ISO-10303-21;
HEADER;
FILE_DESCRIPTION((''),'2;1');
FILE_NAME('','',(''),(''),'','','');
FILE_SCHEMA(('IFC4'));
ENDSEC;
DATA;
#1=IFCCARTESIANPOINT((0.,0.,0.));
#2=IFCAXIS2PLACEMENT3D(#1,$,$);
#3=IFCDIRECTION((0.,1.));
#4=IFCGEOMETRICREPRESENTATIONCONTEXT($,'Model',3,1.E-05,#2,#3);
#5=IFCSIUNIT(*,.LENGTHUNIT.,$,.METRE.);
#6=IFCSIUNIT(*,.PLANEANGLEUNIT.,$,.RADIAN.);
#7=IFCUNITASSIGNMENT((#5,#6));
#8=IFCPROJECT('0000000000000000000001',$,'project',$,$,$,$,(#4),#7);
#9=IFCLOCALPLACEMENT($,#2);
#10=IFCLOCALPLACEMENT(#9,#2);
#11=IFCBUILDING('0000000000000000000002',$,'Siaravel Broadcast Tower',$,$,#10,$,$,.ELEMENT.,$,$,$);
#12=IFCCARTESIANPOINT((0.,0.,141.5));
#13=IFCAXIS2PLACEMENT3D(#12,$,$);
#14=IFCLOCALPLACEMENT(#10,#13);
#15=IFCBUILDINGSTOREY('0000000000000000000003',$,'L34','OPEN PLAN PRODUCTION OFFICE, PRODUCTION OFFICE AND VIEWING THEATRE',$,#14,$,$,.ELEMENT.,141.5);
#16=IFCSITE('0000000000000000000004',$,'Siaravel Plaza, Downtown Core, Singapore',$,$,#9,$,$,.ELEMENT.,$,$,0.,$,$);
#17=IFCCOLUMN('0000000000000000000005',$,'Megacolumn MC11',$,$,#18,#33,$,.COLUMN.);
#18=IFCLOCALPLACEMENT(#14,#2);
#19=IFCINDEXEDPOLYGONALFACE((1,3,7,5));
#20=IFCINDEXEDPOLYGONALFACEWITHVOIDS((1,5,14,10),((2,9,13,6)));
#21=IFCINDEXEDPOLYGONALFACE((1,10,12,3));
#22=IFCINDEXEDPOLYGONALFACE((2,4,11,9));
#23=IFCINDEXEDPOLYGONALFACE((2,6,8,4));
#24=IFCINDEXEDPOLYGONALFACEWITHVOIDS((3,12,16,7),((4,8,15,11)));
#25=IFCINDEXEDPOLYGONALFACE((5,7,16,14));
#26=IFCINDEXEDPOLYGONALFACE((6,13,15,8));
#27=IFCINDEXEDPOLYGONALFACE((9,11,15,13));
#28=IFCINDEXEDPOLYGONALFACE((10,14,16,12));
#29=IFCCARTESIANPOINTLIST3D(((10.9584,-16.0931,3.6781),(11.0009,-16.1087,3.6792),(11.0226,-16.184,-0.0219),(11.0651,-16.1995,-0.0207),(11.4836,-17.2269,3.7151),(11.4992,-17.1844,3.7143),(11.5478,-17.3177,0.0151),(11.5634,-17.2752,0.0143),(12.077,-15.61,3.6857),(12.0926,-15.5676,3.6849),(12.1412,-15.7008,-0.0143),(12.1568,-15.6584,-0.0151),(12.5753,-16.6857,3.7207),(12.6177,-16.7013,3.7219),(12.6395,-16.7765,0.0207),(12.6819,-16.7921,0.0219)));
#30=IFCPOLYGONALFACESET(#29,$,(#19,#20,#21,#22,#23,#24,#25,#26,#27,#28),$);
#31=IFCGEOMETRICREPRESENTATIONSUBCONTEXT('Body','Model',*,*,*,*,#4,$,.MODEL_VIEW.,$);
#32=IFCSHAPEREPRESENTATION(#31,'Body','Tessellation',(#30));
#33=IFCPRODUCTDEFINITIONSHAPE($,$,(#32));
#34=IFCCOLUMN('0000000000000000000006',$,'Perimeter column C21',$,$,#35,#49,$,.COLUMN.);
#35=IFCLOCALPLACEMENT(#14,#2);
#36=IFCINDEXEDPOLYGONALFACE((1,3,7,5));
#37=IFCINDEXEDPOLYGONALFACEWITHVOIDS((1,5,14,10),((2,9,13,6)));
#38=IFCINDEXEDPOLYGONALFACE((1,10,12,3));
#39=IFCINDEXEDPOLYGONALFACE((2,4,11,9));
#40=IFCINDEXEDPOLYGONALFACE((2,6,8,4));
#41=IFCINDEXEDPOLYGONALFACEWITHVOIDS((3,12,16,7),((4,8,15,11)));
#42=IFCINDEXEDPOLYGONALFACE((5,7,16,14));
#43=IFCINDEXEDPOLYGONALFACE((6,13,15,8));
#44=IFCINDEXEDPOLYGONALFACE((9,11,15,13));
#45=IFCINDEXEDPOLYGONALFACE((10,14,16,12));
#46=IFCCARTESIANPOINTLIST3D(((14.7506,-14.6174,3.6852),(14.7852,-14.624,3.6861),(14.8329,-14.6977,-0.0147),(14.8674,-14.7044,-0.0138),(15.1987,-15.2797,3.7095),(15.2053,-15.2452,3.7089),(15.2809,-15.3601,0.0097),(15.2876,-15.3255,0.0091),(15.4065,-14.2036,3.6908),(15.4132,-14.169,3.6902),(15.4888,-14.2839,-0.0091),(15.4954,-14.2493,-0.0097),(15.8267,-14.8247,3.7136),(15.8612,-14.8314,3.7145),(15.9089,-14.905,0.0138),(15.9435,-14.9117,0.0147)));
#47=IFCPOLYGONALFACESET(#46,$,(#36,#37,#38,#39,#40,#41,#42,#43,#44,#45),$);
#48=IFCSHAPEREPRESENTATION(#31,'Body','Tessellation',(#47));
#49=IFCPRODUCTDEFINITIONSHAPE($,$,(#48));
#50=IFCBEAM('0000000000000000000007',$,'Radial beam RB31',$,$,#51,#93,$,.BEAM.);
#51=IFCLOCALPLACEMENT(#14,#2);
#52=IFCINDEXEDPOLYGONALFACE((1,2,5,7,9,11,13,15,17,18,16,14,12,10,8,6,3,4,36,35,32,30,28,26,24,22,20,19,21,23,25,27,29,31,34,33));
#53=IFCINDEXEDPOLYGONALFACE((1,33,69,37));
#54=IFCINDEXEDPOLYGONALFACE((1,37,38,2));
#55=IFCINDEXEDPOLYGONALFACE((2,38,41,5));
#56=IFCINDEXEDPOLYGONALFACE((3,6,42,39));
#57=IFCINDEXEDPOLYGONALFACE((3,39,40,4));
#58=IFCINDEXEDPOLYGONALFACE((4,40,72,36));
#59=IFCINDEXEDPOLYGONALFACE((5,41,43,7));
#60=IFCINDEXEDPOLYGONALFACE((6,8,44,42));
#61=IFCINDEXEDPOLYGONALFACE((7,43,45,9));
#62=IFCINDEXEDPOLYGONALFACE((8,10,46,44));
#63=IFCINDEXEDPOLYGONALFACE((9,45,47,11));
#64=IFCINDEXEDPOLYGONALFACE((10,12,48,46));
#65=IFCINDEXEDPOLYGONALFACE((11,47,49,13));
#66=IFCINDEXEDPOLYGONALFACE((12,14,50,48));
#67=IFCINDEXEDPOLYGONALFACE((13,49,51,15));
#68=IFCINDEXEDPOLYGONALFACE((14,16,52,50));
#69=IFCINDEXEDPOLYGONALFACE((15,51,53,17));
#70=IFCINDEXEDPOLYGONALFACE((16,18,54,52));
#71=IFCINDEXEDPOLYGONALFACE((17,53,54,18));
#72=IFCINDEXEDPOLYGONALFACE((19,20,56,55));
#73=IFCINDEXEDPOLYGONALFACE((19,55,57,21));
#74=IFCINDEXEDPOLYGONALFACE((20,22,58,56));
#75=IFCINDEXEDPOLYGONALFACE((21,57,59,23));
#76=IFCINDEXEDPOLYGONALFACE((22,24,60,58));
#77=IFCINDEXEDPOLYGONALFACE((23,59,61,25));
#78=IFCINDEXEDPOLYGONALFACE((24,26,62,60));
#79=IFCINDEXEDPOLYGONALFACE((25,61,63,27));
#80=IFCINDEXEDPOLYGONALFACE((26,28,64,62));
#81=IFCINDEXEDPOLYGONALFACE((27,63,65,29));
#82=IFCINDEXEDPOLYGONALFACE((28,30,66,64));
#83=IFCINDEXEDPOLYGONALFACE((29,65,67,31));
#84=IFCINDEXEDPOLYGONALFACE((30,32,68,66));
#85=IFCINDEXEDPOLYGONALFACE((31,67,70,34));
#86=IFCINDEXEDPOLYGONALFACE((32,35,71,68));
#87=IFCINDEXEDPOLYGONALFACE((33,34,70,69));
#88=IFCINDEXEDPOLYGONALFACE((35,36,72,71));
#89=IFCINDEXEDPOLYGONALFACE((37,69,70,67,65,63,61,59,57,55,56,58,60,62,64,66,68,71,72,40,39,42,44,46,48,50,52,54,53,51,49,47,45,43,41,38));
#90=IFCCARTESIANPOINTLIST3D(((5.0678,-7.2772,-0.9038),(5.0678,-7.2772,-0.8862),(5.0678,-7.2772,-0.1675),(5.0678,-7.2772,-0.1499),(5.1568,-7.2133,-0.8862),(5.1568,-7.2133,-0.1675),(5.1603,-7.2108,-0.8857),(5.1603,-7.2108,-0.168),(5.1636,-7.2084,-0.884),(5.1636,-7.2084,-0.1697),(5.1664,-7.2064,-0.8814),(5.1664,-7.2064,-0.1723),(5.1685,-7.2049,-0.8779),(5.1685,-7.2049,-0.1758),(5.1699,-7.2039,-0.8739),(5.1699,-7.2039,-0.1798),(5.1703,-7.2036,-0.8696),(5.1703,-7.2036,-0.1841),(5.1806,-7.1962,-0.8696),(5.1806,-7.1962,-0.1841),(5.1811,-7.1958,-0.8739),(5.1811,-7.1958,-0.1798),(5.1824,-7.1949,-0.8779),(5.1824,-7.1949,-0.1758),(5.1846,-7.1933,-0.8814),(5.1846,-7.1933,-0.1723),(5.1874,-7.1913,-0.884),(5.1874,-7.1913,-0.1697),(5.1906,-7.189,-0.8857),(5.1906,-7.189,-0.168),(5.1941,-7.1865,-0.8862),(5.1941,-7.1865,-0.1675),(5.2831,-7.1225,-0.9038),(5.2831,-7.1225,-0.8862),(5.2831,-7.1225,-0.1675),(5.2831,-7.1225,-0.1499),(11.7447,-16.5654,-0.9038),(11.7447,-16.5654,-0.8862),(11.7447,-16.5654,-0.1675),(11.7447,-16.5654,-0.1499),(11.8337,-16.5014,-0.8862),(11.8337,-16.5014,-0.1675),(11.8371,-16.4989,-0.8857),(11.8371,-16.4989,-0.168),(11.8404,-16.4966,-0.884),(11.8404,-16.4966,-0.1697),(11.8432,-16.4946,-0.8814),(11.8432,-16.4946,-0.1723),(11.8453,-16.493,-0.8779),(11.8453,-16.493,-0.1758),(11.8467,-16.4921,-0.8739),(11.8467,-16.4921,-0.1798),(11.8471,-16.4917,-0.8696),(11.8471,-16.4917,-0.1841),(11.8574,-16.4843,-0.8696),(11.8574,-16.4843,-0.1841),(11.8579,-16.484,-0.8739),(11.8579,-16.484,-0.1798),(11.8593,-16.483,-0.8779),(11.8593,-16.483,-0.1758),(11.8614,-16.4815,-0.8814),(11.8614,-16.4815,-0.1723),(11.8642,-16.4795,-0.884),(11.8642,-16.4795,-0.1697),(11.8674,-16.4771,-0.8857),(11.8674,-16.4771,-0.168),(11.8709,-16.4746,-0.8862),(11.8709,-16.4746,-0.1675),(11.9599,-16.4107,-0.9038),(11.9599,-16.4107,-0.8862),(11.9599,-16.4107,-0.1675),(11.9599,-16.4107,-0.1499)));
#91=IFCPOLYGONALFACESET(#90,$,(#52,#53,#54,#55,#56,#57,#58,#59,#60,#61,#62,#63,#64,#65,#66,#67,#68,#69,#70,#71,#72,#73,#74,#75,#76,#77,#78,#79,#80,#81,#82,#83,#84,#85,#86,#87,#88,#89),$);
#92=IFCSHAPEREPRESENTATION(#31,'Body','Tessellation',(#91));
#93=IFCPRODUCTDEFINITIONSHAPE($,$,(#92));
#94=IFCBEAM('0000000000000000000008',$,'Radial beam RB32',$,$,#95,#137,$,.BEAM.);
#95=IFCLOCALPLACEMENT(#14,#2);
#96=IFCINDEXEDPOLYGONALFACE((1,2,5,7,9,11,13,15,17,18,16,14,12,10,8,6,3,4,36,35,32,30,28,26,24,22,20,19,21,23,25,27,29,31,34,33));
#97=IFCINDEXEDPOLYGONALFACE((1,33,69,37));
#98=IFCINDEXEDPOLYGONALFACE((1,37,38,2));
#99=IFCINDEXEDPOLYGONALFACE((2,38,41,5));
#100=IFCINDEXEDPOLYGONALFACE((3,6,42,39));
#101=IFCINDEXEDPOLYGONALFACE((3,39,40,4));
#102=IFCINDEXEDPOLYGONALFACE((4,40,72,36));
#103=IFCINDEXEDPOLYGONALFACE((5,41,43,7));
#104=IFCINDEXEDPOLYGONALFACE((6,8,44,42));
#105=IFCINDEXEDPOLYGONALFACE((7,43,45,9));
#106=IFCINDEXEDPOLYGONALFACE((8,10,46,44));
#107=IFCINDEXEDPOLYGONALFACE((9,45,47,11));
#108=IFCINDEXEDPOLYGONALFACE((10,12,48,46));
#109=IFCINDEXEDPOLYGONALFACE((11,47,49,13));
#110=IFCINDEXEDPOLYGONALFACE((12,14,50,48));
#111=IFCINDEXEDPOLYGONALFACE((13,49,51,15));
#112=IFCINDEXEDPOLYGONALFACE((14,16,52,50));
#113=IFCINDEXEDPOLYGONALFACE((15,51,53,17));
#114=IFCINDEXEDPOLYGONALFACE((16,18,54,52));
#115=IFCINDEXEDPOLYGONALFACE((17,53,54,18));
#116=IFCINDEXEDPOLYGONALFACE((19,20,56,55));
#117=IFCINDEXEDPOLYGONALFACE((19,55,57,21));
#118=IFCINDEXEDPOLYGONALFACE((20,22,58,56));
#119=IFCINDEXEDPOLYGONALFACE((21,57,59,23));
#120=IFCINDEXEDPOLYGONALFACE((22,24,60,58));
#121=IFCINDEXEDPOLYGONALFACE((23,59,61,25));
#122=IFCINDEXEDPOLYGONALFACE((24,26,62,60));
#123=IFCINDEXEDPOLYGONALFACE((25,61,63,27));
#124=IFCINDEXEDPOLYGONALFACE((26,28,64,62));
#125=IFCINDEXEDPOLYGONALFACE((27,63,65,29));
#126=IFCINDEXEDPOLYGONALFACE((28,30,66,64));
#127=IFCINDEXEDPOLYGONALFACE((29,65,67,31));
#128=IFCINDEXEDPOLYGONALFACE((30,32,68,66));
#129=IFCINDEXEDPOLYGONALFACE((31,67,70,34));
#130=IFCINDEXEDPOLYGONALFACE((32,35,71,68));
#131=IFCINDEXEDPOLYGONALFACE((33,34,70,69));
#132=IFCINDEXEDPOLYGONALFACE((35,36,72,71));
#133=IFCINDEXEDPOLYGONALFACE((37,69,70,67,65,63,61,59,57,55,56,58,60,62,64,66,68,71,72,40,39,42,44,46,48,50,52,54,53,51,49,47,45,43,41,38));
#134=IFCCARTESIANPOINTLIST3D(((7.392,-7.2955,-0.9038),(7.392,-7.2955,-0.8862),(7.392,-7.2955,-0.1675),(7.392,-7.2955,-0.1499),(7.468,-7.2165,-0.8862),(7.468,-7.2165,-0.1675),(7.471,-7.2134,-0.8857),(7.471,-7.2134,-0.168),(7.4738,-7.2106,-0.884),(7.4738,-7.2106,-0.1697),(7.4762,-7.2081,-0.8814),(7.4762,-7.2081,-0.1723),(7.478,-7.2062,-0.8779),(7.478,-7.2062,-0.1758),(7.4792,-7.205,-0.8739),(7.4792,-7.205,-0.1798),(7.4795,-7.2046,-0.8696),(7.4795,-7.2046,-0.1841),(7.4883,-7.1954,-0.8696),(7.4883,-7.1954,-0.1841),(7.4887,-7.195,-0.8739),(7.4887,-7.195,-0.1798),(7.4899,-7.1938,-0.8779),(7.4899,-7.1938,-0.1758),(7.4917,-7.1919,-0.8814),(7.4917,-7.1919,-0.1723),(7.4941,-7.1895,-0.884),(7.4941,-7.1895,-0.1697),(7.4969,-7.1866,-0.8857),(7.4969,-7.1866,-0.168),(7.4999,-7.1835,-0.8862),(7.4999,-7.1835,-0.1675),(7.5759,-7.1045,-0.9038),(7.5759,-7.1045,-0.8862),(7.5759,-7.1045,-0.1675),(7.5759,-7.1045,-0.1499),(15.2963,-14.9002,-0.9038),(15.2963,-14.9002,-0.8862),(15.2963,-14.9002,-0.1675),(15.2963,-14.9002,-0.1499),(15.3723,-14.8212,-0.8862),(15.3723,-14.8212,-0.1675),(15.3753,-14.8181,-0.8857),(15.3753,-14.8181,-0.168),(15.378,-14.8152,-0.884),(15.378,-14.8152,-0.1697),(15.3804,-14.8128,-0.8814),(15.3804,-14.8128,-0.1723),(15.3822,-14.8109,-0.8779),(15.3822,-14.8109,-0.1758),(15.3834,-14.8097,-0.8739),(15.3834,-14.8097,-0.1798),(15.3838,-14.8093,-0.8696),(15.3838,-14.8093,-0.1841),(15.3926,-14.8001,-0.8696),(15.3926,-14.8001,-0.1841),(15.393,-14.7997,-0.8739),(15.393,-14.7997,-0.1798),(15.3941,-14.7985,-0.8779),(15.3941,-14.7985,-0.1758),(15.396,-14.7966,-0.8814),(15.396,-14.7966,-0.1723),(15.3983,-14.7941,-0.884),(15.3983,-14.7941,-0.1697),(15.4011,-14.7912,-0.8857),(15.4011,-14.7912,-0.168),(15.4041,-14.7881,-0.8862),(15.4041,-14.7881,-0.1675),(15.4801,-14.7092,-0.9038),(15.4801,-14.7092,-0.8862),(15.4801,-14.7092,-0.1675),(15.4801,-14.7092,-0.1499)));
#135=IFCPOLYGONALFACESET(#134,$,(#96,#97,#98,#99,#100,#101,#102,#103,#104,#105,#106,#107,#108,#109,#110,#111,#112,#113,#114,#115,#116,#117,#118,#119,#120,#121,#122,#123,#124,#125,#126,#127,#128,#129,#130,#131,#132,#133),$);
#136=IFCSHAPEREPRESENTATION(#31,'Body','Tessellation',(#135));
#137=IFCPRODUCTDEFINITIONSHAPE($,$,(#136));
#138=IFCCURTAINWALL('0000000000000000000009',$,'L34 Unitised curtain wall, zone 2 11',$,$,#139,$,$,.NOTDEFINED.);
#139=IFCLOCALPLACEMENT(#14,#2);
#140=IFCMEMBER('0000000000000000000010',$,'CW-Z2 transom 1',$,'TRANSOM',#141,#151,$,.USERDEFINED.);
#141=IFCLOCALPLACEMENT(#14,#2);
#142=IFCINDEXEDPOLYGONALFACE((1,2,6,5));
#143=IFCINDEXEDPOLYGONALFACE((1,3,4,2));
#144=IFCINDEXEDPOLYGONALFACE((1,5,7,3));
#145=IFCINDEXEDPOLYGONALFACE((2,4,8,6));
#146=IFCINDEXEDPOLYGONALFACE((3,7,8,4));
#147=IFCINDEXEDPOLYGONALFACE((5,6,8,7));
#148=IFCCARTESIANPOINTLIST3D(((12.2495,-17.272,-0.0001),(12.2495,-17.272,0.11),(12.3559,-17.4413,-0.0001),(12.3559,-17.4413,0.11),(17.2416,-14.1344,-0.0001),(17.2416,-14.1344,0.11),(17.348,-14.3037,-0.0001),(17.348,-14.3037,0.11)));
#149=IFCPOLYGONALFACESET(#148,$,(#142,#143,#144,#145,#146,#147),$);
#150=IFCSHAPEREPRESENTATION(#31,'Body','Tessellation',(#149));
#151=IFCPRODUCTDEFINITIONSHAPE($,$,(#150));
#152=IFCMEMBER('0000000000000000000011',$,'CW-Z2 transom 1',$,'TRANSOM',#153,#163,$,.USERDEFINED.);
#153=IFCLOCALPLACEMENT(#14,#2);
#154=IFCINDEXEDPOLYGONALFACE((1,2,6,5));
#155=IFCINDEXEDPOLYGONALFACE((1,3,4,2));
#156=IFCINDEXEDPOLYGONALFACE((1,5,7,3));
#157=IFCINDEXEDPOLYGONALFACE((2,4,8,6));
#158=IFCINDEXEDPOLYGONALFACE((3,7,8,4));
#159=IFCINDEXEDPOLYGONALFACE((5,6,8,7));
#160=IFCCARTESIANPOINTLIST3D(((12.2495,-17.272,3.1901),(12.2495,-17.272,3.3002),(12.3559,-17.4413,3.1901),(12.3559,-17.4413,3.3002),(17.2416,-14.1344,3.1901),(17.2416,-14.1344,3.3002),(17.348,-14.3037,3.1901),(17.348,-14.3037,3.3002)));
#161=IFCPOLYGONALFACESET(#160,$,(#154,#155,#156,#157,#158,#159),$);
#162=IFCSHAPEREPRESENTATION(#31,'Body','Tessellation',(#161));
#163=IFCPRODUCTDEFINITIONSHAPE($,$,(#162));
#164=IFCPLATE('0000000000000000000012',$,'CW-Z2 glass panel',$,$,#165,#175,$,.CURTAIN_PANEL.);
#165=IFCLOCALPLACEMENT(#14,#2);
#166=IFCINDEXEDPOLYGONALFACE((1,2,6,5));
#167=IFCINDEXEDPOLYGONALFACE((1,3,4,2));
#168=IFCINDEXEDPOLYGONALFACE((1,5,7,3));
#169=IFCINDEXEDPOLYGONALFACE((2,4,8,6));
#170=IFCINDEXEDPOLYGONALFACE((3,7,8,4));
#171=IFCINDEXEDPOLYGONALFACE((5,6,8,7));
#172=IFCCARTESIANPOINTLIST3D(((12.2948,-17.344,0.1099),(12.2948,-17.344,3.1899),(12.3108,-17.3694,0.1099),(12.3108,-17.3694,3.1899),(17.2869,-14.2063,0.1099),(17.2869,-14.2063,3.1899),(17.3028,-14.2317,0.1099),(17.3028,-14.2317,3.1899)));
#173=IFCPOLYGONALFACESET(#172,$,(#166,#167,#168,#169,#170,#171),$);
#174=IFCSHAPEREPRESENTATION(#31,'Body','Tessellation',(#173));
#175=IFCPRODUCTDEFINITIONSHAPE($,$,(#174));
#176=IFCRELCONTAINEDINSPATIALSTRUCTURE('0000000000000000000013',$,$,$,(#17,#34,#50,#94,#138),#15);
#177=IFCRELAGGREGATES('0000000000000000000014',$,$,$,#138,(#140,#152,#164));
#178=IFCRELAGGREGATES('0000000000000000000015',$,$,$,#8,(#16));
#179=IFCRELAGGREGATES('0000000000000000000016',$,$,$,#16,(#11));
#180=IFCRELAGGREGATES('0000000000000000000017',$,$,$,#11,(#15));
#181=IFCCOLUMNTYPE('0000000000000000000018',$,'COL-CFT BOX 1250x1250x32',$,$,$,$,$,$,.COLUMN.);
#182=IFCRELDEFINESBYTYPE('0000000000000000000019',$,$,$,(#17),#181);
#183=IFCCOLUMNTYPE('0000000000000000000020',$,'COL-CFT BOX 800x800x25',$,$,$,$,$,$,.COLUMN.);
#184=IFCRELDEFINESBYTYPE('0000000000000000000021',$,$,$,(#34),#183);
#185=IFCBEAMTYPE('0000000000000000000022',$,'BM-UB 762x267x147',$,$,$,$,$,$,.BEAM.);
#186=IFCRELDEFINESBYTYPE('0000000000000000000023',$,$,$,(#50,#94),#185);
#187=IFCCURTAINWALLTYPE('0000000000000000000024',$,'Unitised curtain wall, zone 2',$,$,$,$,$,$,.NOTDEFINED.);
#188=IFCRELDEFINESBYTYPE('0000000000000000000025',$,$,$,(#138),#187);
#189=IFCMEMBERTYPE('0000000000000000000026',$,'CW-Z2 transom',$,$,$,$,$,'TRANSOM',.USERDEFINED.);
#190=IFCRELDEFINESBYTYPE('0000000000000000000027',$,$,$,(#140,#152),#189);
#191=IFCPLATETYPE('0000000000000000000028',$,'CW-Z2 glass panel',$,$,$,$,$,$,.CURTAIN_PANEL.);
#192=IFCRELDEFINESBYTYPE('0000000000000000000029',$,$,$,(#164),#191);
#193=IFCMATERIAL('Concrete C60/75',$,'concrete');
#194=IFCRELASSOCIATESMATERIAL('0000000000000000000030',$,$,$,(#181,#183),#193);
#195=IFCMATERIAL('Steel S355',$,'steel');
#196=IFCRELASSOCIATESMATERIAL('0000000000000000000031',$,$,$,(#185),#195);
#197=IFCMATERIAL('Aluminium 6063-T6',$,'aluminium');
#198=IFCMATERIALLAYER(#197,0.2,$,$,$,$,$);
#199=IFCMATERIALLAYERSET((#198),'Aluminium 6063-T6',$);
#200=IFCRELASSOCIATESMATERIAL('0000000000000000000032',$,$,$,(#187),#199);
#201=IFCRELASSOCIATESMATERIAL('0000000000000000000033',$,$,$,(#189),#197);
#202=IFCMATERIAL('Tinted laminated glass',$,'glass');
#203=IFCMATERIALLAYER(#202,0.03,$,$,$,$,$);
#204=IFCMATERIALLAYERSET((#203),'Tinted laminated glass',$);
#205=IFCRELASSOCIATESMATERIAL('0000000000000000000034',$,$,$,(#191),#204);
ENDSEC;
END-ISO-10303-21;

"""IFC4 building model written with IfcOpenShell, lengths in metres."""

from ifc_helpers import new_model, si_unit, direction, frame, origin, origin_2d, place, context, subcontext, project, spatial, rectangle, hollow_rectangle, i_section, extrude, material, layer, layer_set, material_profile, profile_set, type_object, element, aggregate, save


model = new_model("IFC4")

# Units and contexts
model_context = context("Model", 3, precision=1e-05, world=origin(), true_north=direction((0.0, 1.0)))
body_context = subcontext(model_context, "Body", "Model", "MODEL_VIEW")
ifc_project = project(units=[si_unit("LENGTHUNIT", "METRE"), si_unit("PLANEANGLEUNIT", "RADIAN")], contexts=[model_context])

# Site, building, storey
site_placement = place(None, origin())
site = spatial("IfcSite", under=ifc_project, at=site_placement, Name="Siaravel Plaza, Downtown Core, Singapore", CompositionType="ELEMENT", RefElevation=0.0)
building_placement = place(site_placement, origin())
building = spatial("IfcBuilding", under=site, at=building_placement, Name="Siaravel Broadcast Tower", CompositionType="ELEMENT")
storey_placement = place(building_placement, frame((0.0, 0.0, 141.5)))
storey = spatial("IfcBuildingStorey", under=building, at=storey_placement, Name="L34", Description="OPEN PLAN PRODUCTION OFFICE, PRODUCTION OFFICE AND VIEWING THEATRE", CompositionType="ELEMENT", Elevation=141.5)

# Columns
ifc_material_1 = material(Name="Concrete C60/75", Category="concrete")
ifc_material_profile_1 = material_profile(ifc_material_1, hollow_rectangle(XDim=1.25, YDim=1.25, WallThickness=0.032, at=origin_2d()))
ifc_profile_set_1 = profile_set([ifc_material_profile_1], Name="Concrete C60/75")
column_type_1 = type_object("IfcColumnType", Name="COL-CFT BOX 1250x1250x32", PredefinedType="COLUMN", material=ifc_profile_set_1)
column_1_placement = place(storey_placement, frame((11.8523, -16.488, 0.0), z_axis=(-0.017346, 0.024535, 0.999548), x_axis=(-0.907291, -0.420467, -0.005424)))
element("IfcColumn", 1, at=column_1_placement, inside=storey, type_object=column_type_1, Name="Megacolumn MC11", PredefinedType="COLUMN", context=body_context, shape_type="SweptSolid", body=[
    extrude(hollow_rectangle(XDim=1.25, YDim=1.25, WallThickness=0.032, at=origin_2d()), origin(), (0.0, 0.0, 1.0), 3.7017),
])
ifc_material_profile_2 = material_profile(ifc_material_1, hollow_rectangle(XDim=0.8, YDim=0.8, WallThickness=0.0249, at=origin_2d()))
ifc_profile_set_2 = profile_set([ifc_material_profile_2], Name="Concrete C60/75")
column_type_2 = type_object("IfcColumnType", Name="COL-CFT BOX 800x800x25", PredefinedType="COLUMN", material=ifc_profile_set_2)
column_2_placement = place(storey_placement, frame((15.3882, -14.8047, 0.0), z_axis=(-0.022226, 0.021699, 0.999517), x_axis=(-0.828165, -0.56045, -0.006249)))
element("IfcColumn", 2, at=column_2_placement, inside=storey, type_object=column_type_2, Name="Perimeter column C21", PredefinedType="COLUMN", context=body_context, shape_type="SweptSolid", body=[
    extrude(hollow_rectangle(XDim=0.8, YDim=0.8, WallThickness=0.0249, at=origin_2d()), origin(), (0.0, 0.0, 1.0), 3.7017),
])

# Beams
ifc_material_2 = material(Name="Steel S355", Category="steel")
ifc_material_profile_3 = material_profile(ifc_material_2, i_section(OverallWidth=0.2651, OverallDepth=0.7539, WebThickness=0.0127, FlangeThickness=0.0176, FilletRadius=0.0166, at=origin_2d()))
ifc_profile_set_3 = profile_set([ifc_material_profile_3], Name="Steel S355")
beam_type = type_object("IfcBeamType", Name="BM-UB 762x267x147", PredefinedType="BEAM", material=ifc_profile_set_3)
beam_1_placement = place(storey_placement, frame((11.8523, -16.488, -0.5269), z_axis=(-0.583691, 0.811976, 0.0), x_axis=(-0.811976, -0.583691, 0.0)))
element("IfcBeam", 3, at=beam_1_placement, inside=storey, type_object=beam_type, Name="Radial beam RB31", PredefinedType="BEAM", context=body_context, shape_type="SweptSolid", body=[
    extrude(i_section(OverallWidth=0.2651, OverallDepth=0.7539, WebThickness=0.0127, FlangeThickness=0.0176, FilletRadius=0.0166, at=origin_2d()), origin(), (0.0, 0.0, 1.0), 11.439),
])
beam_2_placement = place(storey_placement, frame((15.3882, -14.8047, -0.5269), z_axis=(-0.72063, 0.69332, 0.0), x_axis=(-0.69332, -0.72063, 0.0)))
element("IfcBeam", 4, at=beam_2_placement, inside=storey, type_object=beam_type, Name="Radial beam RB32", PredefinedType="BEAM", context=body_context, shape_type="SweptSolid", body=[
    extrude(i_section(OverallWidth=0.2651, OverallDepth=0.7539, WebThickness=0.0127, FlangeThickness=0.0176, FilletRadius=0.0166, at=origin_2d()), origin(), (0.0, 0.0, 1.0), 10.9685),
])

# Curtain wall, members, plate
ifc_material_3 = material(Name="Aluminium 6063-T6", Category="aluminium")
ifc_layer_1 = layer(ifc_material_3, 0.2)
ifc_layer_set_1 = layer_set([ifc_layer_1], Name="Aluminium 6063-T6")
curtain_wall_type = type_object("IfcCurtainWallType", Name="Unitised curtain wall, zone 2", PredefinedType="NOTDEFINED", material=ifc_layer_set_1)
curtain_wall_placement = place(storey_placement, origin())
curtain_wall = element("IfcCurtainWall", 5, at=curtain_wall_placement, inside=storey, type_object=curtain_wall_type, Name="L34 Unitised curtain wall, zone 2 11", PredefinedType="NOTDEFINED")
ifc_material_profile_4 = material_profile(ifc_material_3, rectangle(XDim=0.2, YDim=0.1101, at=origin_2d()))
ifc_profile_set_4 = profile_set([ifc_material_profile_4], Name="Aluminium 6063-T6")
member_type = type_object("IfcMemberType", Name="CW-Z2 transom", ElementType="TRANSOM", PredefinedType="USERDEFINED", material=ifc_profile_set_4)
member_1_placement = place(storey_placement, frame((12.3027, -17.3567, 0.0549), z_axis=(0.846656, 0.532141, 0.0), x_axis=(-0.532141, 0.846656, 0.0)))
member_1 = element("IfcMember", 6, at=member_1_placement, type_object=member_type, Name="CW-Z2 transom 1", ObjectType="TRANSOM", PredefinedType="USERDEFINED", context=body_context, shape_type="SweptSolid", body=[
    extrude(rectangle(XDim=0.2, YDim=0.1101, at=origin_2d()), origin(), (0.0, 0.0, 1.0), 5.8962),
])
member_2_placement = place(storey_placement, frame((12.3027, -17.3567, 3.2451), z_axis=(0.846656, 0.532141, 0.0), x_axis=(-0.532141, 0.846656, 0.0)))
member_2 = element("IfcMember", 7, at=member_2_placement, type_object=member_type, Name="CW-Z2 transom 1", ObjectType="TRANSOM", PredefinedType="USERDEFINED", context=body_context, shape_type="SweptSolid", body=[
    extrude(rectangle(XDim=0.2, YDim=0.1101, at=origin_2d()), origin(), (0.0, 0.0, 1.0), 5.8962),
])
ifc_material_4 = material(Name="Tinted laminated glass", Category="glass")
ifc_layer_2 = layer(ifc_material_4, 0.03)
ifc_layer_set_2 = layer_set([ifc_layer_2], Name="Tinted laminated glass")
plate_type = type_object("IfcPlateType", Name="CW-Z2 glass panel", PredefinedType="CURTAIN_PANEL", material=ifc_layer_set_2)
plate_placement = place(storey_placement, frame((14.7988, -15.7878, 0.1099), z_axis=(0.0, 0.0, 1.0), x_axis=(0.84665, 0.53215, 0.0)))
plate = element("IfcPlate", 8, at=plate_placement, type_object=plate_type, Name="CW-Z2 glass panel", PredefinedType="CURTAIN_PANEL", context=body_context, shape_type="SweptSolid", body=[
    extrude(rectangle(XDim=5.8962, YDim=0.03, at=origin_2d()), origin(), (0.0, 0.0, 1.0), 3.0801),
])
aggregate(curtain_wall, [member_1, member_2, plate])

save(model, "model.ifc")
